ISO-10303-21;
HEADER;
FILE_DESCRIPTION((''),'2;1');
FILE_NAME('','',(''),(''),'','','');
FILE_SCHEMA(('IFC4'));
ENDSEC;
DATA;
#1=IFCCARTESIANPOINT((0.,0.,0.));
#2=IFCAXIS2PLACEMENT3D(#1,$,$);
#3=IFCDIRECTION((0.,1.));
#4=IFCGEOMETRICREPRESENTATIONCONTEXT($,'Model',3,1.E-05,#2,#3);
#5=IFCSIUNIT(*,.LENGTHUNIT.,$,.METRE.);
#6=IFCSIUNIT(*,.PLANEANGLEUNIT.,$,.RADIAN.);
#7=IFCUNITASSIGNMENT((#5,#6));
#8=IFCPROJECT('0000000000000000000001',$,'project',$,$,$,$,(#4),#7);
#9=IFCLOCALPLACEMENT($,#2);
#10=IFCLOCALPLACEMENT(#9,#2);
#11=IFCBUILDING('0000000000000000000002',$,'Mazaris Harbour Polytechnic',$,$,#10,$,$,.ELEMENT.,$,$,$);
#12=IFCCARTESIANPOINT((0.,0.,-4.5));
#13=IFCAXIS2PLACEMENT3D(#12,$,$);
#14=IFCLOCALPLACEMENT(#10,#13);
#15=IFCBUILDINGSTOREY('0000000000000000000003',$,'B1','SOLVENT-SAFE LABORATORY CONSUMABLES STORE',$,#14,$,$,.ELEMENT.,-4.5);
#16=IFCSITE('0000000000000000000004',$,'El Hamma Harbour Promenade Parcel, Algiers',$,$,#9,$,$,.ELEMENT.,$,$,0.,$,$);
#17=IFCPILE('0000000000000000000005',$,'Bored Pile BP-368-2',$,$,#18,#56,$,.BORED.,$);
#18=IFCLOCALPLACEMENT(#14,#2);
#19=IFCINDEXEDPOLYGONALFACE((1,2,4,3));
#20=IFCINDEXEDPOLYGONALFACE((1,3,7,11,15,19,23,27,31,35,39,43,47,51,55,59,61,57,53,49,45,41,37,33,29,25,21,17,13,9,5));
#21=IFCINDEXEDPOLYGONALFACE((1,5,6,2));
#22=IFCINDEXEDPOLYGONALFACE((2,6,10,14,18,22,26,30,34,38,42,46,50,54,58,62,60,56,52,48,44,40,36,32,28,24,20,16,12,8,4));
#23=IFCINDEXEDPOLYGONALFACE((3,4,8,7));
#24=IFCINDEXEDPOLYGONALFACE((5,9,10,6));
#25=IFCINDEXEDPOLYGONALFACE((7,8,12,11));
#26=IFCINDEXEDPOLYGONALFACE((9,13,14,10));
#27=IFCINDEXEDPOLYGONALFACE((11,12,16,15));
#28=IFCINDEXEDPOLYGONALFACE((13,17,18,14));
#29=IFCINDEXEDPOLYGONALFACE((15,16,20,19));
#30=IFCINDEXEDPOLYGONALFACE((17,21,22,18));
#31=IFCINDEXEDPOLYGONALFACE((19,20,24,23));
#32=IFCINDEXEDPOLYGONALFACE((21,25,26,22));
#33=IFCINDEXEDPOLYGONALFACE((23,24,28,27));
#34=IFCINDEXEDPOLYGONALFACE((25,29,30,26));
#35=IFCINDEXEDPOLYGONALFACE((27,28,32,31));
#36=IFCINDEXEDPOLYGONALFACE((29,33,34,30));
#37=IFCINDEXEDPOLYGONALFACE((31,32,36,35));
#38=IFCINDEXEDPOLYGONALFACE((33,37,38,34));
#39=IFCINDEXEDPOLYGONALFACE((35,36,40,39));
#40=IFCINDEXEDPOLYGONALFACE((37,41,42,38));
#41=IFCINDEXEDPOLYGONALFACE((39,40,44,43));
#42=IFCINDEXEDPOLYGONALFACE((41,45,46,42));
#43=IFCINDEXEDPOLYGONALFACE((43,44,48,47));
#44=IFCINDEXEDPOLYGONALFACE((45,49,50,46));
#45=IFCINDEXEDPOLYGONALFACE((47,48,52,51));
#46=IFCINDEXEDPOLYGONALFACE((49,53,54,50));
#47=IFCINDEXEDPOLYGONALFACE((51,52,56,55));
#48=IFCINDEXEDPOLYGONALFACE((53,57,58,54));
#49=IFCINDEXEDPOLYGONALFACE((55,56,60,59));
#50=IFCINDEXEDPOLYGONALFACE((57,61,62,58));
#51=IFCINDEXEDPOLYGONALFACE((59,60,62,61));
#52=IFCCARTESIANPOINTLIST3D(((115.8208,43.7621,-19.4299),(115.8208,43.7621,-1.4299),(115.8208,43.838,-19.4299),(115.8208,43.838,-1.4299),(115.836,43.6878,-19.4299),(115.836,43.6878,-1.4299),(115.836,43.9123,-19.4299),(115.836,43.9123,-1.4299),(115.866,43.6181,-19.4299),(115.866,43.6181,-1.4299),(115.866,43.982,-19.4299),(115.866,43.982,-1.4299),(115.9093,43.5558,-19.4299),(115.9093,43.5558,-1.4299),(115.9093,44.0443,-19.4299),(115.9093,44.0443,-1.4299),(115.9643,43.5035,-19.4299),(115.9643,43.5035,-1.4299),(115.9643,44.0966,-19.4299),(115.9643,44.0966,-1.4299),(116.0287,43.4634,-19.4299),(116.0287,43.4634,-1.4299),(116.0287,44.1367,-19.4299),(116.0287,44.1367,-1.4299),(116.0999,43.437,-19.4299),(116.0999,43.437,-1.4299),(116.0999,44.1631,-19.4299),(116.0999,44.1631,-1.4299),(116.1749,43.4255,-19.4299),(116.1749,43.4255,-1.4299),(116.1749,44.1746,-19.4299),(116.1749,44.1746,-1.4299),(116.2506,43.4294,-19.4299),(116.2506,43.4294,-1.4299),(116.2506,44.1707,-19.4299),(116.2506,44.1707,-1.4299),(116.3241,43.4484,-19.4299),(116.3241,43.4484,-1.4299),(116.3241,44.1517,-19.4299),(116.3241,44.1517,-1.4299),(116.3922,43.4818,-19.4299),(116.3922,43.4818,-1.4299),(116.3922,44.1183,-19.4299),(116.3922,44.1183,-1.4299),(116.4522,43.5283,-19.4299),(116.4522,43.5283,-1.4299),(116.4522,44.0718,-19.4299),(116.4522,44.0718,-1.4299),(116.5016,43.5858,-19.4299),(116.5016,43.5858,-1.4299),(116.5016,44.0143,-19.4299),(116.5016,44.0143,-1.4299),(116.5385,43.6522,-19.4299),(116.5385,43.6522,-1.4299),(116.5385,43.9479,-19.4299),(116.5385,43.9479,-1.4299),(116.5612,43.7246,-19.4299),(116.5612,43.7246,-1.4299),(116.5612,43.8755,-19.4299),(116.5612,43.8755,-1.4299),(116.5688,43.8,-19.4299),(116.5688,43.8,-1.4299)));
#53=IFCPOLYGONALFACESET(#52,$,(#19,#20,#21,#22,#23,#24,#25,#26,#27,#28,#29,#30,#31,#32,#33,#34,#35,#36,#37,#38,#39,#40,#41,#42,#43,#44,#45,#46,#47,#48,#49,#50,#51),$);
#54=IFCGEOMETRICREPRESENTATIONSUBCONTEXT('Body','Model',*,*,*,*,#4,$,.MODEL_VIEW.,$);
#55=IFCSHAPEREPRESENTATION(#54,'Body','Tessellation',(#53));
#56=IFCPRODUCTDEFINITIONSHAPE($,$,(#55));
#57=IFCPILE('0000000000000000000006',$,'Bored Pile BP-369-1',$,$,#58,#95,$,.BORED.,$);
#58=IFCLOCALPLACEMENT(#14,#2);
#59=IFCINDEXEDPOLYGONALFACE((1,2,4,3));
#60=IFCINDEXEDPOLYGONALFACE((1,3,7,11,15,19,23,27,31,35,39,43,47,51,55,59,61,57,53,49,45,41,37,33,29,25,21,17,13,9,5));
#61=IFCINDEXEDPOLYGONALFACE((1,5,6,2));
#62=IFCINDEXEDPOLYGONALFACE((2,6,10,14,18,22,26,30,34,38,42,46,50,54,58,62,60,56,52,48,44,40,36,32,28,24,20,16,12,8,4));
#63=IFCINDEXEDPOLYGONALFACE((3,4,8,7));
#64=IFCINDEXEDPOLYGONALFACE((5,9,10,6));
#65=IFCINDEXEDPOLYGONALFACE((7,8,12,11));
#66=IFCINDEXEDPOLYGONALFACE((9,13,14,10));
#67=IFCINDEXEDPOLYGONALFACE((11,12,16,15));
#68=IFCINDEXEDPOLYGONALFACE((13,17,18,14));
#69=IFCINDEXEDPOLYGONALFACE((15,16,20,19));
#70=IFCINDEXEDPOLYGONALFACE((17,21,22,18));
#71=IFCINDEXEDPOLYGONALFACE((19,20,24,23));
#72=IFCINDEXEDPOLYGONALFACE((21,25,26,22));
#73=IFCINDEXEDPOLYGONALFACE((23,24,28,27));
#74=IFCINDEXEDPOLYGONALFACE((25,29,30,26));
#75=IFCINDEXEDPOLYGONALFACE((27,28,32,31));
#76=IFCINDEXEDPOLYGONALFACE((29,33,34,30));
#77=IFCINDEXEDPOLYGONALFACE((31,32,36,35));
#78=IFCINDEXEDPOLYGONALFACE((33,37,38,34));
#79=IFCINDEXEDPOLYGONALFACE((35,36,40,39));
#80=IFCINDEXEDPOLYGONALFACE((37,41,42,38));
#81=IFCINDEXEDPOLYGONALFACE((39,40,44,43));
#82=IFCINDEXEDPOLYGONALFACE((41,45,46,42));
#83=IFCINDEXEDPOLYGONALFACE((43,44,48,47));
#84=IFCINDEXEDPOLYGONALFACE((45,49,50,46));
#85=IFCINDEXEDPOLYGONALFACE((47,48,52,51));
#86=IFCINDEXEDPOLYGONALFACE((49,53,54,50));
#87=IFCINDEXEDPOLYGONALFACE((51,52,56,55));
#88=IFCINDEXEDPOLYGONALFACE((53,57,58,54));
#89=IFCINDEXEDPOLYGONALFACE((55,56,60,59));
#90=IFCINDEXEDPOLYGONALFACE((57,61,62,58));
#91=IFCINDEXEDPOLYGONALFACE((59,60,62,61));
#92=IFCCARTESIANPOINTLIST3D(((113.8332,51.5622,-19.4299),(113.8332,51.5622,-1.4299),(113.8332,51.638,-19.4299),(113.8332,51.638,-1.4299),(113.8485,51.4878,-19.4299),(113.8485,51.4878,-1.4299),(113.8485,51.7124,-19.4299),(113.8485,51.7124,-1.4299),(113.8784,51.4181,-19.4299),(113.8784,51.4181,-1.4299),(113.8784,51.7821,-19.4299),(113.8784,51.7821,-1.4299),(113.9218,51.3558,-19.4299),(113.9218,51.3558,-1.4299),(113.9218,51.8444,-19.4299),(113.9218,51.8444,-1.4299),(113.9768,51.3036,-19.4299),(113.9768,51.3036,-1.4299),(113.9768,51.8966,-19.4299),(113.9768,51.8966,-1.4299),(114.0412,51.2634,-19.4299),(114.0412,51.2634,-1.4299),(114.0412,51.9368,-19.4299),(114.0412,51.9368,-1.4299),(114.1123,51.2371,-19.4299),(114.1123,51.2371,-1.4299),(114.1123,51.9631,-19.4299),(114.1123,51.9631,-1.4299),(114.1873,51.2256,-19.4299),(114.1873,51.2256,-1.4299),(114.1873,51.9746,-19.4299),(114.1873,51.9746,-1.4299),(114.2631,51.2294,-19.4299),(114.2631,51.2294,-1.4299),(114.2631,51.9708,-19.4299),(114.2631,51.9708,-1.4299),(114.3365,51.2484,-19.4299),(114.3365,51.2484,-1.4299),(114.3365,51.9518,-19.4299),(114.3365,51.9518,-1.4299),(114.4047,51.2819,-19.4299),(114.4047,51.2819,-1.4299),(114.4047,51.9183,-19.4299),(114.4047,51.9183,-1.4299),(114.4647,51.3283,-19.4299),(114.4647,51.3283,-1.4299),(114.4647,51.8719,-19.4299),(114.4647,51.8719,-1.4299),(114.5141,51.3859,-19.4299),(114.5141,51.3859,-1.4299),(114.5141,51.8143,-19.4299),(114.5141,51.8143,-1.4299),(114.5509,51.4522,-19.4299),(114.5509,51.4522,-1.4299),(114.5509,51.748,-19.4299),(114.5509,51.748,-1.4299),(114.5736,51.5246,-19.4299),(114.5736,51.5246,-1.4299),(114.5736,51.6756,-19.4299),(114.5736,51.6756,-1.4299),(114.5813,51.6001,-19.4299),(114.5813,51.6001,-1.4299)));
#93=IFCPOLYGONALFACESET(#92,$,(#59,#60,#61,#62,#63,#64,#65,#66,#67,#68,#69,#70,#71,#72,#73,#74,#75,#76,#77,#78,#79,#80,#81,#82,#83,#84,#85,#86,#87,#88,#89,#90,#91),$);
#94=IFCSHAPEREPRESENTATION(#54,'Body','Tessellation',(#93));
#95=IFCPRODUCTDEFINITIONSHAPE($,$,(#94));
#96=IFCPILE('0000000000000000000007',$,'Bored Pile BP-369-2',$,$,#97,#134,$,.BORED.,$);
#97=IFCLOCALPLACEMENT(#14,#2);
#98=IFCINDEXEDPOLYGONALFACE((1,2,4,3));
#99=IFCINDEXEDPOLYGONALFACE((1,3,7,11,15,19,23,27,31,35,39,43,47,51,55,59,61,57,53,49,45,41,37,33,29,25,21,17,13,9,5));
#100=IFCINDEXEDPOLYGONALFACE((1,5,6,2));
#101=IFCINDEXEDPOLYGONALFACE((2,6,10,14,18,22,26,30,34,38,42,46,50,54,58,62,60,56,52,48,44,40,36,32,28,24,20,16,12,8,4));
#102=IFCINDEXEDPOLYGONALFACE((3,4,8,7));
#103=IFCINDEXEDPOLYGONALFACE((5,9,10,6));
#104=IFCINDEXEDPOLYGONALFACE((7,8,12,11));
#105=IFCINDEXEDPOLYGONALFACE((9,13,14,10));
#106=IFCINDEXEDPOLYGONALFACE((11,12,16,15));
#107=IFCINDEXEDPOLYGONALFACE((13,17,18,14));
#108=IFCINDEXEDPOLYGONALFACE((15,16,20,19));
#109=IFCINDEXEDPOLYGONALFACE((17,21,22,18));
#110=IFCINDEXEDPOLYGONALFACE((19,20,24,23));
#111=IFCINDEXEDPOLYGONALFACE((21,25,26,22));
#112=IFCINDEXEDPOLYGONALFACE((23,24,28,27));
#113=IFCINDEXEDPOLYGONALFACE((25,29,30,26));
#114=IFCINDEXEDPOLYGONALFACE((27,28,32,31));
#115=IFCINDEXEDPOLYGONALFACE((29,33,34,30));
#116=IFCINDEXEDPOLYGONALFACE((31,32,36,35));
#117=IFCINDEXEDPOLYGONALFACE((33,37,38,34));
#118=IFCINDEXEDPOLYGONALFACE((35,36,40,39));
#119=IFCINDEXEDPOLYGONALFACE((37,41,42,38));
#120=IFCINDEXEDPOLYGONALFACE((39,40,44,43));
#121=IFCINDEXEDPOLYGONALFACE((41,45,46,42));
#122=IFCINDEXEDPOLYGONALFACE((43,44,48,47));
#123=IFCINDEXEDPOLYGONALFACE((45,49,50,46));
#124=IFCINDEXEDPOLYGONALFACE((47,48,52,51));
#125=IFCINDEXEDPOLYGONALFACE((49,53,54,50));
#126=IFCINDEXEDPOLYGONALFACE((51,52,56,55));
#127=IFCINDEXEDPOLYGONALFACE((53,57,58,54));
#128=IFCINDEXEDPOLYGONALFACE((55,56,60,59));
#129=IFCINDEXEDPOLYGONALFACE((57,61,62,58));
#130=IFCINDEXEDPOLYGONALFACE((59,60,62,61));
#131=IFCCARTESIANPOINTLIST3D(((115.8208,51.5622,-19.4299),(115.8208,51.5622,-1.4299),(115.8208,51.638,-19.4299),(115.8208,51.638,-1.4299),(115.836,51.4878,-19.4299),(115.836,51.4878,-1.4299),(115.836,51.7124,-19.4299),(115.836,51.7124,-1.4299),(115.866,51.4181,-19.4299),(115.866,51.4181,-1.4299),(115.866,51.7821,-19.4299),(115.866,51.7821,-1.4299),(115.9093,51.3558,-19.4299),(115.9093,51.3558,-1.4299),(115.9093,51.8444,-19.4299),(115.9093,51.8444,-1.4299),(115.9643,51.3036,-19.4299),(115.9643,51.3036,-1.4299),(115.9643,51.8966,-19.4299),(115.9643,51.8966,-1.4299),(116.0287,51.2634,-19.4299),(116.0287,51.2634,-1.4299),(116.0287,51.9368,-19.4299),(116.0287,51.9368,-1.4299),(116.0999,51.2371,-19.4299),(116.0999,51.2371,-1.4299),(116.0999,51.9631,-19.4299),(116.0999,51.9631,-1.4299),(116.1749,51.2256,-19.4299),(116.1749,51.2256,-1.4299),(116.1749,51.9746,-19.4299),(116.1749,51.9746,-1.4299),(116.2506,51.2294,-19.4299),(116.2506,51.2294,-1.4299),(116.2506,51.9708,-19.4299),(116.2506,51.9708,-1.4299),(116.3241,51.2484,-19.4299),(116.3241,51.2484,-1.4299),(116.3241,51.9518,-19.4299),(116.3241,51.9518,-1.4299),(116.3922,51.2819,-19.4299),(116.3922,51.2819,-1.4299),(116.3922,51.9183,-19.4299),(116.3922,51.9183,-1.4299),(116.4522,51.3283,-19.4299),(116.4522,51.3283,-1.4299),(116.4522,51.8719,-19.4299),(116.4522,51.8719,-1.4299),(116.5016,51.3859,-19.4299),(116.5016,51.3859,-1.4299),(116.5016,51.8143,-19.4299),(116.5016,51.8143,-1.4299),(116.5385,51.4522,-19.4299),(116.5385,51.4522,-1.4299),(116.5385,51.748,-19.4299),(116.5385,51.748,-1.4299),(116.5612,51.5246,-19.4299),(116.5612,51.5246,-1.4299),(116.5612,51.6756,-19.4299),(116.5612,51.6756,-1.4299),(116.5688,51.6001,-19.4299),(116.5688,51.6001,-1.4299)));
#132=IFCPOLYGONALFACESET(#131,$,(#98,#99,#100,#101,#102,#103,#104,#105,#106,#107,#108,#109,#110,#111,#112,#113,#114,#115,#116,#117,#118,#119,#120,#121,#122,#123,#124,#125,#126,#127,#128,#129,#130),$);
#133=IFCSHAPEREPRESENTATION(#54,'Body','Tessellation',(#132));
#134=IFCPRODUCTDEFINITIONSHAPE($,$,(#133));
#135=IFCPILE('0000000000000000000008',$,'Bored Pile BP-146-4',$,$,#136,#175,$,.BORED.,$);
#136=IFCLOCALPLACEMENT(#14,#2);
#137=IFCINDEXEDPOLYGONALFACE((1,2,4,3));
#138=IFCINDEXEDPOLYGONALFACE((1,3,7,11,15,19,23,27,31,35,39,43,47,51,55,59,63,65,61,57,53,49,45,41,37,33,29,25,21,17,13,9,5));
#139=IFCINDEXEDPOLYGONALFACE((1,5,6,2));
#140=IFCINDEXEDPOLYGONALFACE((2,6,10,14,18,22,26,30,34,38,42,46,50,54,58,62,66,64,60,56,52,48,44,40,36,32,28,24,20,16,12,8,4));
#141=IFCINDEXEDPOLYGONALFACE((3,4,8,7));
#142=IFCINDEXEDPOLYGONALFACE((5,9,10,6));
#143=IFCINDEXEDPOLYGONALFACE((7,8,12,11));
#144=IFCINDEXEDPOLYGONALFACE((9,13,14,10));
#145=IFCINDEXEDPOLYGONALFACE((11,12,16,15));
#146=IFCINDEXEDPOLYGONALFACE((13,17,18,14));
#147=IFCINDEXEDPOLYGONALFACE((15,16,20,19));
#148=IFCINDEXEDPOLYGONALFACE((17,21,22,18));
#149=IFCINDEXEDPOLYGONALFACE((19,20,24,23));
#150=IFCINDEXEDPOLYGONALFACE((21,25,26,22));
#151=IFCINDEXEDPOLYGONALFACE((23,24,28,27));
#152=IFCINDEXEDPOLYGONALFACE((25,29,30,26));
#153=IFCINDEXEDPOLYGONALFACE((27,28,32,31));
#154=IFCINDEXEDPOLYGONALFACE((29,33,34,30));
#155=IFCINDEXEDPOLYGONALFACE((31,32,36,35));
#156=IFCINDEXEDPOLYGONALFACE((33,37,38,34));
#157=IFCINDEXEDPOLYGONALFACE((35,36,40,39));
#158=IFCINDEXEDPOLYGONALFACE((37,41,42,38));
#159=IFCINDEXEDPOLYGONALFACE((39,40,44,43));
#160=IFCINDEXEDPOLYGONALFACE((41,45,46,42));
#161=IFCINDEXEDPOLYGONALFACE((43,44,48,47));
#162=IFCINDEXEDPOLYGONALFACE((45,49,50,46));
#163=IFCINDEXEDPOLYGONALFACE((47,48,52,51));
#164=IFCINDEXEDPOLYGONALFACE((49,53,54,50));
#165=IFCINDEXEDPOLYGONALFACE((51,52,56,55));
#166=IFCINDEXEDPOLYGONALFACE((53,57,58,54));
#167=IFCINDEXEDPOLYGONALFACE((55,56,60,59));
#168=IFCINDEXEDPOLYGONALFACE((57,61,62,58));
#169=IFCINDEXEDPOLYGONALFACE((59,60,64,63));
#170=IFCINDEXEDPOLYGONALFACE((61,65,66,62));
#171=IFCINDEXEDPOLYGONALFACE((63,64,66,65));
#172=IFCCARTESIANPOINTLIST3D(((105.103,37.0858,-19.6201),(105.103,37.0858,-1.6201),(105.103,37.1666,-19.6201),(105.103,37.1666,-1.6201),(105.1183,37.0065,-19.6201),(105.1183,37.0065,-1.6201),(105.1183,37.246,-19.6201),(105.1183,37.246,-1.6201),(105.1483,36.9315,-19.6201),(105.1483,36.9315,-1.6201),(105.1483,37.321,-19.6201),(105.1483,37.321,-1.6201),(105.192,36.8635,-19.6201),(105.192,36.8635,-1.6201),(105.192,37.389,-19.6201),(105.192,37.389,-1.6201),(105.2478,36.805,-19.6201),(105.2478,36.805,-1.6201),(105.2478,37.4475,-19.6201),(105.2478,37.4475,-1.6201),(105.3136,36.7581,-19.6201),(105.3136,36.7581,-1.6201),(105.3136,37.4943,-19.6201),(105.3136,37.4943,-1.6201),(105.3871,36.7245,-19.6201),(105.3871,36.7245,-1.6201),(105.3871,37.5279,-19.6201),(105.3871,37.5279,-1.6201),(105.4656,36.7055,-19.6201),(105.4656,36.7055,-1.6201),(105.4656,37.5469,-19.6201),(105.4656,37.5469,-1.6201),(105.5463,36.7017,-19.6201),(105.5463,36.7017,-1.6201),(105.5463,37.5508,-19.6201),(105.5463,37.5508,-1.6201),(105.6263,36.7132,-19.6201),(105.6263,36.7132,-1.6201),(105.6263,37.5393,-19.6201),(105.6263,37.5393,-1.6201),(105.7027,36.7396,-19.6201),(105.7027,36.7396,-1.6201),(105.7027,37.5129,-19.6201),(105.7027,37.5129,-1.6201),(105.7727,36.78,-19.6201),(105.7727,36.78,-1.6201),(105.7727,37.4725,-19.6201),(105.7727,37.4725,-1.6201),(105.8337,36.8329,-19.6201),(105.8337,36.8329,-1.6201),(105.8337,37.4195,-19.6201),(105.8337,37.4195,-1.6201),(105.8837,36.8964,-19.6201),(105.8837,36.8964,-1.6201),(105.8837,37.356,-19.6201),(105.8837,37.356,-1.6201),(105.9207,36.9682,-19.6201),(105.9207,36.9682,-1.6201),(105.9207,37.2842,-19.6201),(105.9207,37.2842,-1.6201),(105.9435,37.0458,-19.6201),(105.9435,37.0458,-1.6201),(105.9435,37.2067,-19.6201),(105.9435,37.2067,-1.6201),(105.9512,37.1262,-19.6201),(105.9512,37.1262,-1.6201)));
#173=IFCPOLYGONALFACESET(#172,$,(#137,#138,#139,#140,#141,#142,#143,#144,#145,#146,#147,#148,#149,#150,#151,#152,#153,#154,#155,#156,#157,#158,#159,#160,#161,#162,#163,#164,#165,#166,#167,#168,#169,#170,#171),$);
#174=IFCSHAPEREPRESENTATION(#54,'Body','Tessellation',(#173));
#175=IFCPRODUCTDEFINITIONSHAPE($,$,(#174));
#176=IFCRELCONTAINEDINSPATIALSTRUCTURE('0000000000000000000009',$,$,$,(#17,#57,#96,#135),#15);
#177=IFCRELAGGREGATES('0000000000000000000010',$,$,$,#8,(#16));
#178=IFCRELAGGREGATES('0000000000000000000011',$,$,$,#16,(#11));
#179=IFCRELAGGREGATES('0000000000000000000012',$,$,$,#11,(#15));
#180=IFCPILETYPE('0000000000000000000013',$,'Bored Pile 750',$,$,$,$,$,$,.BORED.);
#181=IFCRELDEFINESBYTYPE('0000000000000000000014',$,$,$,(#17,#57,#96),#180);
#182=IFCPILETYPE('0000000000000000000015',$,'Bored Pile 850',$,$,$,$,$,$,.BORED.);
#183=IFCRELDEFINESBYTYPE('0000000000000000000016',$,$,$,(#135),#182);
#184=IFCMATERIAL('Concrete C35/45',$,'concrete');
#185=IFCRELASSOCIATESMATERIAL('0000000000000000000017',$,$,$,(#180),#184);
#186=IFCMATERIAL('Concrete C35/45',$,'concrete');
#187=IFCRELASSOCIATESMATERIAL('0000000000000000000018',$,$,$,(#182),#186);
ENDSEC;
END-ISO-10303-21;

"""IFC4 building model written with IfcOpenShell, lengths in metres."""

from ifc_helpers import new_model, si_unit, direction, frame, origin, origin_2d, place, context, subcontext, project, spatial, circle, extrude, material, material_profile, profile_set, type_object, element, save


model = new_model("IFC4")

# Units and contexts
model_context = context("Model", 3, precision=1e-05, world=origin(), true_north=direction((0.0, 1.0)))
body_context = subcontext(model_context, "Body", "Model", "MODEL_VIEW")
ifc_project = project(units=[si_unit("LENGTHUNIT", "METRE"), si_unit("PLANEANGLEUNIT", "RADIAN")], contexts=[model_context])

# Site, building, storey
site_placement = place(None, origin())
site = spatial("IfcSite", under=ifc_project, at=site_placement, Name="El Hamma Harbour Promenade Parcel, Algiers", CompositionType="ELEMENT", RefElevation=0.0)
building_placement = place(site_placement, origin())
building = spatial("IfcBuilding", under=site, at=building_placement, Name="Mazaris Harbour Polytechnic", CompositionType="ELEMENT")
storey_placement = place(building_placement, frame((0.0, 0.0, -4.5)))
storey = spatial("IfcBuildingStorey", under=building, at=storey_placement, Name="B1", Description="SOLVENT-SAFE LABORATORY CONSUMABLES STORE", CompositionType="ELEMENT", Elevation=-4.5)

# Piles
ifc_material_1 = material(Name="Concrete C35/45", Category="concrete")
ifc_material_profile_1 = material_profile(ifc_material_1, circle(Radius=0.375, at=origin_2d()), Name="DIA750")
ifc_profile_set_1 = profile_set([ifc_material_profile_1], Name="Concrete C35/45")
pile_type_1 = type_object("IfcPileType", Name="Bored Pile 750", PredefinedType="BORED", material=ifc_profile_set_1)
for number, where, z_axis, x_axis, name in (
    (1, (116.1938, 43.8, -1.4299), (0.0, 0.0, -1.0), (1.0, 0.0, 0.0), "Bored Pile BP-368-2"),
    (2, (114.2063, 51.6001, -1.4299), (0.0, 0.0, -1.0), (1.0, 0.0, 0.0), "Bored Pile BP-369-1"),
    (3, (116.1938, 51.6001, -1.4299), (0.0, 0.0, -1.0), (1.0, 0.0, 0.0), "Bored Pile BP-369-2"),
):
    element("IfcPile", number, at=place(storey_placement, frame(where, z_axis=z_axis, x_axis=x_axis)), inside=storey, type_object=pile_type_1, Name=name, PredefinedType="BORED", context=body_context, shape_type="SweptSolid", body=[
        extrude(circle(Radius=0.375, at=origin_2d()), origin(), (0.0, 0.0, 1.0), 18.0),
    ])
ifc_material_2 = material(Name="Concrete C35/45", Category="concrete")
ifc_material_profile_2 = material_profile(ifc_material_2, circle(Radius=0.425, at=origin_2d()), Name="DIA850")
ifc_profile_set_2 = profile_set([ifc_material_profile_2], Name="Concrete C35/45")
pile_type_2 = type_object("IfcPileType", Name="Bored Pile 850", PredefinedType="BORED", material=ifc_profile_set_2)
pile_placement = place(storey_placement, frame((105.5261, 37.1262, -1.6201), z_axis=(0.0, 0.0, -1.0), x_axis=(1.0, 0.0, 0.0)))
element("IfcPile", 4, at=pile_placement, inside=storey, type_object=pile_type_2, Name="Bored Pile BP-146-4", PredefinedType="BORED", context=body_context, shape_type="SweptSolid", body=[
    extrude(circle(Radius=0.425, at=origin_2d()), origin(), (0.0, 0.0, 1.0), 18.0),
])

save(model, "model.ifc")
